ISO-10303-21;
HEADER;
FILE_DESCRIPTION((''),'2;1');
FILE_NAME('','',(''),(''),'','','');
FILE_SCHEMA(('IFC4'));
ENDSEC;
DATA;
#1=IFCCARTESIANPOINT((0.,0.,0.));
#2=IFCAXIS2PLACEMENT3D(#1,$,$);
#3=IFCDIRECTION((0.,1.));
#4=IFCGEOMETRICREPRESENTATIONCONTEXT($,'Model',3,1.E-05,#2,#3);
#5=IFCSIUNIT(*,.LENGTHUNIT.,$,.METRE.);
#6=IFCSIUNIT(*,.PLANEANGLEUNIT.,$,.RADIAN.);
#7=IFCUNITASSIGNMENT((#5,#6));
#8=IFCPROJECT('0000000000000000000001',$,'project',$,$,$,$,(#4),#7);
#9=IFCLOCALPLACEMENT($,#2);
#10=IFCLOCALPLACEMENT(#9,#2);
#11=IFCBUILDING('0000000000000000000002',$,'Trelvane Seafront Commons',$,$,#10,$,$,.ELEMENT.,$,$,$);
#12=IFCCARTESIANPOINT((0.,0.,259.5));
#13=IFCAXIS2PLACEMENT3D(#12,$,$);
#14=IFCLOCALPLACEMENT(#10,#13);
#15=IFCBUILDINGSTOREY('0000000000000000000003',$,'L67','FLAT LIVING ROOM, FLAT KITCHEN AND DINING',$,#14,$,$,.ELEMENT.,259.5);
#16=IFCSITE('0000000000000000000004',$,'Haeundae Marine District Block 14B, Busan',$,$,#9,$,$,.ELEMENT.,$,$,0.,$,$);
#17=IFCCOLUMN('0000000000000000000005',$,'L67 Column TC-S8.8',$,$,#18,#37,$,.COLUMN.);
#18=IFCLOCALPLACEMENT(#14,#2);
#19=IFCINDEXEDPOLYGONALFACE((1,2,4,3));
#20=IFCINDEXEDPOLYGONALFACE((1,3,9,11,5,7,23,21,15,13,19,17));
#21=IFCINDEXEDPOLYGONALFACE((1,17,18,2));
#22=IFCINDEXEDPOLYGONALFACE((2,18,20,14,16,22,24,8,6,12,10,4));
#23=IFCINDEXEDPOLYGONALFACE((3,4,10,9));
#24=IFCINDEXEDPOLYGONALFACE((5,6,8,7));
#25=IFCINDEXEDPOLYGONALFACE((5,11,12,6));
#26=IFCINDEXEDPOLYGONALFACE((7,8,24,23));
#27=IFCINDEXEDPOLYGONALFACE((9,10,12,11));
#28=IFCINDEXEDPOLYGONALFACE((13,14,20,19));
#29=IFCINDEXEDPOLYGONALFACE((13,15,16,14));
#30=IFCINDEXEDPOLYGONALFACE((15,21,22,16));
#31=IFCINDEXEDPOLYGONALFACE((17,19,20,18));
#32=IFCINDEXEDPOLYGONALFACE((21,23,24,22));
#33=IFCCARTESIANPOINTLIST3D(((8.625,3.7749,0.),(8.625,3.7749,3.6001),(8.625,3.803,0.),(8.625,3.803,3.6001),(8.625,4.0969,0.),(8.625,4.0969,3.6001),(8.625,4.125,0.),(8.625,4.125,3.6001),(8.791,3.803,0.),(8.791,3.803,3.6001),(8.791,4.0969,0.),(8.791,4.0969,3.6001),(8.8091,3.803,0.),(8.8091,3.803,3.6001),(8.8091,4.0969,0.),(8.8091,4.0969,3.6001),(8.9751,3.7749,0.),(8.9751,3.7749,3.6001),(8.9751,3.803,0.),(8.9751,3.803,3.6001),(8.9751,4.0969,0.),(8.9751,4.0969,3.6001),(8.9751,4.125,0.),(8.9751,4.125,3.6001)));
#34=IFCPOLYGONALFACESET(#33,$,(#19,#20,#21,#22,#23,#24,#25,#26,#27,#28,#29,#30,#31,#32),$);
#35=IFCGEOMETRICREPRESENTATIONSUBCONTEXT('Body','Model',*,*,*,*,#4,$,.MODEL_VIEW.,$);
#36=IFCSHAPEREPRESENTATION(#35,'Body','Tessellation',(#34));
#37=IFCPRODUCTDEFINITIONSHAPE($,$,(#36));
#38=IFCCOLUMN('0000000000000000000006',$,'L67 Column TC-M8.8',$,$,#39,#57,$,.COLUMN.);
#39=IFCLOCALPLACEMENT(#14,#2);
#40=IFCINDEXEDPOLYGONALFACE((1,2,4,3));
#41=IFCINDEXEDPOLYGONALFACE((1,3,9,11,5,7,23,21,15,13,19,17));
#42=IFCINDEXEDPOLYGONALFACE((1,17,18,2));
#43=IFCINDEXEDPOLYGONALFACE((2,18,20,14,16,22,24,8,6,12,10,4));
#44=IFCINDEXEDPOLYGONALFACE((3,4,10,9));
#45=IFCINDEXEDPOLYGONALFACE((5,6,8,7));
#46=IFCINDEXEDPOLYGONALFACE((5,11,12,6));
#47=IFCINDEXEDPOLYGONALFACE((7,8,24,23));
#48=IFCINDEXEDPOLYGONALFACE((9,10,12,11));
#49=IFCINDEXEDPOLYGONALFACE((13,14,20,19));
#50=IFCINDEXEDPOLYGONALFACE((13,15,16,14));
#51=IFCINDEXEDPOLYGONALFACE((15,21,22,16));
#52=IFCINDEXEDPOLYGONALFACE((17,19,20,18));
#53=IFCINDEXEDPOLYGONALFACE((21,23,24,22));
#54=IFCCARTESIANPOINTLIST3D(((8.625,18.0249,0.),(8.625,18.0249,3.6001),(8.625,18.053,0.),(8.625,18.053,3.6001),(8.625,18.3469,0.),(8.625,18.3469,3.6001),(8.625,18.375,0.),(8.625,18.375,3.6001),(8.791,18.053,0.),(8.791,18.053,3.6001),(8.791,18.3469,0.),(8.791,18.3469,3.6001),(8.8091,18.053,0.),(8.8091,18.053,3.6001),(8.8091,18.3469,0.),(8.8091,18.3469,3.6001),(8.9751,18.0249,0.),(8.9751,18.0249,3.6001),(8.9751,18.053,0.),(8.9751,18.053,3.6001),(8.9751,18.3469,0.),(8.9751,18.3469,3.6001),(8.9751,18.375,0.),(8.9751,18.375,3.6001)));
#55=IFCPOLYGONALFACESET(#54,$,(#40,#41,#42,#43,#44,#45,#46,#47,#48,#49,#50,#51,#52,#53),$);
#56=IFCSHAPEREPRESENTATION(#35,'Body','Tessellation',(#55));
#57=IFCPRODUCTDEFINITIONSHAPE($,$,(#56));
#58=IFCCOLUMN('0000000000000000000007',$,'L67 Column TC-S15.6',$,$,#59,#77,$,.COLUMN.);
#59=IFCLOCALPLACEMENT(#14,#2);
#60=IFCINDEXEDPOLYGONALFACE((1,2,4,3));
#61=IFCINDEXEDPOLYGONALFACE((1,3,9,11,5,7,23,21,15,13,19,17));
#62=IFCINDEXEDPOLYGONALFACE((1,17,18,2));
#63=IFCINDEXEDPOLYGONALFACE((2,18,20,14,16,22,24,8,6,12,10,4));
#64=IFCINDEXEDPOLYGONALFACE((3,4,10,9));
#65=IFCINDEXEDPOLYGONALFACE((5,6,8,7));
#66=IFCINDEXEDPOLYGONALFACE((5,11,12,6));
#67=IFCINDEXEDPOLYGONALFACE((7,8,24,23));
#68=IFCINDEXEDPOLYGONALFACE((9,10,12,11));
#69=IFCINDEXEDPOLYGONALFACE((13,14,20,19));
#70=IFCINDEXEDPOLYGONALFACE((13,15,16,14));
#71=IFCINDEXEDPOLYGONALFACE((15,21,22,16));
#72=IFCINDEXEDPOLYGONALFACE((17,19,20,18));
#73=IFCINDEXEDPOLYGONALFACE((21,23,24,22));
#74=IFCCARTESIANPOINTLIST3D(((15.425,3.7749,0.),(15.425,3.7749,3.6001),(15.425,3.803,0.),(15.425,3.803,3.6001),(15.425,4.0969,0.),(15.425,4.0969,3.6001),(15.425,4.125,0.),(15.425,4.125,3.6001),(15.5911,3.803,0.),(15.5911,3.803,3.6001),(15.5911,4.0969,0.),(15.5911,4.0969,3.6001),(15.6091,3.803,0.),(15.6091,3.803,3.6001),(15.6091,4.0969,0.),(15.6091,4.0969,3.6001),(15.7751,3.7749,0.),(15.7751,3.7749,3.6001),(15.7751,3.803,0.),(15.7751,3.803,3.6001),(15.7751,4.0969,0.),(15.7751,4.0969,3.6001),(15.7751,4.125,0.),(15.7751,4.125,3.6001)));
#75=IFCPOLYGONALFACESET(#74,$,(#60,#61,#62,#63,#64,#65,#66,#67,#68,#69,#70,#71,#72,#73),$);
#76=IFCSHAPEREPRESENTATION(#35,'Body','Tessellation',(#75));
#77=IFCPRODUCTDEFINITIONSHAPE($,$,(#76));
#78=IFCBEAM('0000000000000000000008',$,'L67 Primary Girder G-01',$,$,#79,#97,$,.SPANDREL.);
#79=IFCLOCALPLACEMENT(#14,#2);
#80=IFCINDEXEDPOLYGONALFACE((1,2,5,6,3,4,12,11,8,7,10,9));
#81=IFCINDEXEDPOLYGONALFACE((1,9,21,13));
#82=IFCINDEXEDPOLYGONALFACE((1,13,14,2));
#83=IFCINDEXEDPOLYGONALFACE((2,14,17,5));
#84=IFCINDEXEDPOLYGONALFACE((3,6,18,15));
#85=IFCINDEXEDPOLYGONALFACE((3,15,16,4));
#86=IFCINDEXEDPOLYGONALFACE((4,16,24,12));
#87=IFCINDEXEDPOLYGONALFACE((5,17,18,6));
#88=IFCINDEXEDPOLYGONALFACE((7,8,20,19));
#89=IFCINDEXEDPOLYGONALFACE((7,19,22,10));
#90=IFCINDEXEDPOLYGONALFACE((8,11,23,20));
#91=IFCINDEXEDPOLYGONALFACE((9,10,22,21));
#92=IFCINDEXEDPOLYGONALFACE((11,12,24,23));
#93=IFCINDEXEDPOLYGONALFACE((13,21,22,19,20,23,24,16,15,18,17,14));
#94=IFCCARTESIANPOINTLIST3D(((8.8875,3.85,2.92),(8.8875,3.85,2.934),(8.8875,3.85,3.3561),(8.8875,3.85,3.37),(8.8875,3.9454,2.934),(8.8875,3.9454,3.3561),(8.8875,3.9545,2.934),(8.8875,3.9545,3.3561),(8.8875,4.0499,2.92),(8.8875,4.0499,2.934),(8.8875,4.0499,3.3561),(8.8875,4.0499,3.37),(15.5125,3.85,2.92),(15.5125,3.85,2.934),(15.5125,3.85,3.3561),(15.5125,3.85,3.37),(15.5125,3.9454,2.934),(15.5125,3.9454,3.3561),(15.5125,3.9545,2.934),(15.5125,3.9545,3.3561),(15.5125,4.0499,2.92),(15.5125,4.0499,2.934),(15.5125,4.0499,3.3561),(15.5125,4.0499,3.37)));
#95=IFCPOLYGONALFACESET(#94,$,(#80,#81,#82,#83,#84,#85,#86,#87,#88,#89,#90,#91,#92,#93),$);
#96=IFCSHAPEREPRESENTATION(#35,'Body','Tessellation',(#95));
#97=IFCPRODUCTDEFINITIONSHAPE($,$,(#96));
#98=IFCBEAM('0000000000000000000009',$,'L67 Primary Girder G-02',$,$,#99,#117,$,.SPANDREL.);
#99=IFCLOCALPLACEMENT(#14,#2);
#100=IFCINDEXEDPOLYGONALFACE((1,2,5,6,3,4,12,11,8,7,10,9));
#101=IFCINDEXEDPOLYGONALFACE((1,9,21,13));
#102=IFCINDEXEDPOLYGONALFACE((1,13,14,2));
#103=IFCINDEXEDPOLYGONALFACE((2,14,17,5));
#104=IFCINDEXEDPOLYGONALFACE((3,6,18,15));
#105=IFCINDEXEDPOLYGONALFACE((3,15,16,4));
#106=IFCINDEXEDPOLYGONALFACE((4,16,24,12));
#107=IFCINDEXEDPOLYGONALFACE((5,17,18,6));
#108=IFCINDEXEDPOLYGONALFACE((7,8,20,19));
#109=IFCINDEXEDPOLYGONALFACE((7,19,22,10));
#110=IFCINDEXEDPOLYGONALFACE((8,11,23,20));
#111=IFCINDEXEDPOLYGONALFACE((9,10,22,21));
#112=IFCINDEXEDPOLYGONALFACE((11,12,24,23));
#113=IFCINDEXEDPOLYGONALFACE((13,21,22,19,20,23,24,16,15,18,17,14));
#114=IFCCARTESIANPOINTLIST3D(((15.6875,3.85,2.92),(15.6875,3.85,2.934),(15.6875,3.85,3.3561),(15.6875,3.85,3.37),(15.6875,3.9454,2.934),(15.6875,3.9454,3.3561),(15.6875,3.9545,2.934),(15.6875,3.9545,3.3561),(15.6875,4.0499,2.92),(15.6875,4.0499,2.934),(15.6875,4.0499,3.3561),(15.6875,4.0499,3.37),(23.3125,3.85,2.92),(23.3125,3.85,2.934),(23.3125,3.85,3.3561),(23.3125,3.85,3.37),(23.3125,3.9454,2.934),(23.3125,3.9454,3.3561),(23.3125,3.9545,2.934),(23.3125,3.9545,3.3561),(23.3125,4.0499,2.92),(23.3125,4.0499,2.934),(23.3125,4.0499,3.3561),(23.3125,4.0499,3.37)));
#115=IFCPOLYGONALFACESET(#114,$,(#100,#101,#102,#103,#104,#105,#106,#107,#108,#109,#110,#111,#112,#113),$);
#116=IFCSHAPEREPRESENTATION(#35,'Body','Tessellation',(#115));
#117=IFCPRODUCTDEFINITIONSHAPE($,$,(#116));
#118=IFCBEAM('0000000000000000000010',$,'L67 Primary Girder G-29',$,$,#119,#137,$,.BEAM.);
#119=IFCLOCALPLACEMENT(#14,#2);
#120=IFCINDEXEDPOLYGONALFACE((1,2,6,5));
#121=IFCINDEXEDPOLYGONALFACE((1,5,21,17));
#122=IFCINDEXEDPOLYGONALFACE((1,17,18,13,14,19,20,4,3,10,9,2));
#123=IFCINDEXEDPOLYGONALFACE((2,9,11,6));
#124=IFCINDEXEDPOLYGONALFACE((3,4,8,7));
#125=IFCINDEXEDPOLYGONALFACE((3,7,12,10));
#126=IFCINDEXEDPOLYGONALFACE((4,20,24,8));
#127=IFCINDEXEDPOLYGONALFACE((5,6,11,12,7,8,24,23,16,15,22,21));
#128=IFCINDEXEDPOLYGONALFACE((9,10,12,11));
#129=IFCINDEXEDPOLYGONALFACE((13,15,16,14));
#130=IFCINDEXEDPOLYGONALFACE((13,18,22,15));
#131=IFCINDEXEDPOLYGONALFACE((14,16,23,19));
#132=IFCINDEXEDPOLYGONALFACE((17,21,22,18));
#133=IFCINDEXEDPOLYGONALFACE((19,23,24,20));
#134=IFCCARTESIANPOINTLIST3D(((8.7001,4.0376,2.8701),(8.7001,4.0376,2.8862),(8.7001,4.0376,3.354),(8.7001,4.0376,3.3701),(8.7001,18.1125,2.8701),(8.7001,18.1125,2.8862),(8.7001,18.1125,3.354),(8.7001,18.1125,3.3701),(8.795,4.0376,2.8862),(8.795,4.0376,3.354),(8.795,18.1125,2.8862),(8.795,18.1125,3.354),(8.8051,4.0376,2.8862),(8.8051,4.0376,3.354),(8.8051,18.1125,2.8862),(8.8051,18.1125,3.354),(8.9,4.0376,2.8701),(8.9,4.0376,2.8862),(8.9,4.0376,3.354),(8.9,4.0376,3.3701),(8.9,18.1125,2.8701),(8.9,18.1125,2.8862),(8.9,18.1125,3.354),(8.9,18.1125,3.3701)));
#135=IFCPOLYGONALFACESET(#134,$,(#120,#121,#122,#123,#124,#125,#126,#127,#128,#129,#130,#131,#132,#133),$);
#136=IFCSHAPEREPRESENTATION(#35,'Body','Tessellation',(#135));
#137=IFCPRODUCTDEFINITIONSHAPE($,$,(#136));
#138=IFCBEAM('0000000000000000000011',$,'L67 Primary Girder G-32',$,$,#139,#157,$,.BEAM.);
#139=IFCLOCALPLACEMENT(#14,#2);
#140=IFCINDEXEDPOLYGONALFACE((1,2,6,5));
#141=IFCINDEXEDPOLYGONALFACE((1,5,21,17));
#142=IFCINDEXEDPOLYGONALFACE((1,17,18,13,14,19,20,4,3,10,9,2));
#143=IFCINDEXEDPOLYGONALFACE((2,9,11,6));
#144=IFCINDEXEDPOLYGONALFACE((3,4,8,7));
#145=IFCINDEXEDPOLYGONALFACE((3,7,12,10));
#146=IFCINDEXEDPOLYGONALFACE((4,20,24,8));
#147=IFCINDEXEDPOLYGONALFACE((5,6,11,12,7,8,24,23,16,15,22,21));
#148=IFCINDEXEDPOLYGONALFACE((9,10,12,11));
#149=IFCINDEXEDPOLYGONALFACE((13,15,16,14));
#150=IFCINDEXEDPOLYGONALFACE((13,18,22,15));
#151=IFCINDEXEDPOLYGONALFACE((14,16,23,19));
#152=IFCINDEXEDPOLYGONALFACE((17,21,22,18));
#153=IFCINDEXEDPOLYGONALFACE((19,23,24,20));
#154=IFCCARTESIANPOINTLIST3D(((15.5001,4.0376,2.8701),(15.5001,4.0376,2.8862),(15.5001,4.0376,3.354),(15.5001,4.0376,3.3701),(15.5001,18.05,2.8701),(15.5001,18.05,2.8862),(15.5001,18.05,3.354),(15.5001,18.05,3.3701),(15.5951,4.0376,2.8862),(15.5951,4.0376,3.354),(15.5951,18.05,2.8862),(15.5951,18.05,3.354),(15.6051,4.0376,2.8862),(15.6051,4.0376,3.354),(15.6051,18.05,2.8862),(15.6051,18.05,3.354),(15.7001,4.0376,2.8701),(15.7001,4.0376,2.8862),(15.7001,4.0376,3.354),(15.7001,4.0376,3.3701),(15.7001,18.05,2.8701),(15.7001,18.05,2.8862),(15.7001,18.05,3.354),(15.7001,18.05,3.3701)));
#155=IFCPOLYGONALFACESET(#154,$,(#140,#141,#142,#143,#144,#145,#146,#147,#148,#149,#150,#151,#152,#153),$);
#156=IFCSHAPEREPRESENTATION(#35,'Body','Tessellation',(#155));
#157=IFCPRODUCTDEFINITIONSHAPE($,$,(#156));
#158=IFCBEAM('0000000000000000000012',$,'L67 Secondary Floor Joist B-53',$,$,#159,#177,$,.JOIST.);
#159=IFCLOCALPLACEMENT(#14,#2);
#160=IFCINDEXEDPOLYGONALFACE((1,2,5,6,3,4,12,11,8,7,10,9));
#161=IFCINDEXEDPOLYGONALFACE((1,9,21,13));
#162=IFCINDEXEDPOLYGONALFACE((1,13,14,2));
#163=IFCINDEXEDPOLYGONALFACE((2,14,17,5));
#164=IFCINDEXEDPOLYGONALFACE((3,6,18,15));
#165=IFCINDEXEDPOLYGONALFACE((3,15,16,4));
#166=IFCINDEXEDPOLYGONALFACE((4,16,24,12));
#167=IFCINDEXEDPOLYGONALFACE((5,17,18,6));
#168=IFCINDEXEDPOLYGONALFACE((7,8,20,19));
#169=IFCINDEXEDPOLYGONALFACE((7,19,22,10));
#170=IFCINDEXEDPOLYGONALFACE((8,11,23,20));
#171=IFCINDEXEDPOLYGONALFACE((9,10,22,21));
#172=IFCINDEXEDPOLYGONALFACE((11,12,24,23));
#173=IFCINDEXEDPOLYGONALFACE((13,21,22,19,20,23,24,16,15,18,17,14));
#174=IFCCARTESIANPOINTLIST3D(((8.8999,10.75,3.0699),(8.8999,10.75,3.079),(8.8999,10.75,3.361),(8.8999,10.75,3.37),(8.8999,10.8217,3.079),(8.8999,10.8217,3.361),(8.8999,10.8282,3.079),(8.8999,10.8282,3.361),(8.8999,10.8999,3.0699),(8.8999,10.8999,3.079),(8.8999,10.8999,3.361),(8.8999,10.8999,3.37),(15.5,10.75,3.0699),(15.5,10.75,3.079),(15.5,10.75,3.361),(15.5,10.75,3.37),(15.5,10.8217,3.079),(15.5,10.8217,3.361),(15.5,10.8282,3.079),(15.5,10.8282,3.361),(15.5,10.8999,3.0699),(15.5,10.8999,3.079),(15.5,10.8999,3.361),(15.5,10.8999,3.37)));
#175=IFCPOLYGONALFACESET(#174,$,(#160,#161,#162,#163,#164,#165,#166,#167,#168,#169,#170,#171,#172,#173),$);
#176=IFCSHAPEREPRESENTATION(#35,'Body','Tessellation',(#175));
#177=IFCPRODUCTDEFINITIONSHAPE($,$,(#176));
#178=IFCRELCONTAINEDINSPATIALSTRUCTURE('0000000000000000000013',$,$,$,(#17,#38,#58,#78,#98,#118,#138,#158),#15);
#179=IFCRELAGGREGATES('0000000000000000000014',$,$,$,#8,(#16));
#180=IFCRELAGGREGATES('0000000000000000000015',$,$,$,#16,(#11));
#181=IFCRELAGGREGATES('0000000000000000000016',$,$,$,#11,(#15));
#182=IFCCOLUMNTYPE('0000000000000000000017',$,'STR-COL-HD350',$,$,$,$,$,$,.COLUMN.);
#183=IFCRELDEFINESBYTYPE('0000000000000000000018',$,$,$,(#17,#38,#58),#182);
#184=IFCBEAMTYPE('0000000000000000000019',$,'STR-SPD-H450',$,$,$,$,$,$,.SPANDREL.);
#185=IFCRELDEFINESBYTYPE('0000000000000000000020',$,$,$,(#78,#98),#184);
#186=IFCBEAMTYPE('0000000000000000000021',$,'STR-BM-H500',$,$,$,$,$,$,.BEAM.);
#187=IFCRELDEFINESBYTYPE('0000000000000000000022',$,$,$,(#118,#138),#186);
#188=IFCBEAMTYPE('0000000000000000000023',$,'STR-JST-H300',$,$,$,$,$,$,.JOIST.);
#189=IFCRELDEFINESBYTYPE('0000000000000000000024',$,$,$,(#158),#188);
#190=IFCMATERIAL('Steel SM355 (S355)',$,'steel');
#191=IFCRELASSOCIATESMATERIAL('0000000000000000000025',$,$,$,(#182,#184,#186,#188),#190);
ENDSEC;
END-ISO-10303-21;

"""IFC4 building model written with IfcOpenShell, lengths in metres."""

from ifc_helpers import new_model, si_unit, direction, frame, origin, origin_2d, place, context, subcontext, project, spatial, i_section, extrude, source, transform, mapped, material, material_profile, profile_set, type_object, element, save


model = new_model("IFC4")

# Units and contexts
model_context = context("Model", 3, precision=1e-05, world=origin(), true_north=direction((0.0, 1.0)))
body_context = subcontext(model_context, "Body", "Model", "MODEL_VIEW")
ifc_project = project(units=[si_unit("LENGTHUNIT", "METRE"), si_unit("PLANEANGLEUNIT", "RADIAN")], contexts=[model_context])

# Site, building, storey
site_placement = place(None, origin())
site = spatial("IfcSite", under=ifc_project, at=site_placement, Name="Haeundae Marine District Block 14B, Busan", CompositionType="ELEMENT", RefElevation=0.0)
building_placement = place(site_placement, origin())
building = spatial("IfcBuilding", under=site, at=building_placement, Name="Trelvane Seafront Commons", CompositionType="ELEMENT")
storey_placement = place(building_placement, frame((0.0, 0.0, 259.5)))
storey = spatial("IfcBuildingStorey", under=building, at=storey_placement, Name="L67", Description="FLAT LIVING ROOM, FLAT KITCHEN AND DINING", CompositionType="ELEMENT", Elevation=259.5)

# Columns
ifc_material_1 = material(Name="Steel SM355 (S355)", Category="steel")
ifc_material_profile_1 = material_profile(ifc_material_1, i_section(OverallWidth=0.3501, OverallDepth=0.3501, WebThickness=0.0181, FlangeThickness=0.0281, at=origin_2d()), Name="HD-350x350x18x28")
ifc_profile_set_1 = profile_set([ifc_material_profile_1], Name="Steel SM355 (S355)")
column_type = type_object("IfcColumnType", Name="STR-COL-HD350", PredefinedType="COLUMN", material=ifc_profile_set_1)
shared_shape_1 = source(origin(), body_context, "Body", "SweptSolid", [
    extrude(i_section(OverallWidth=0.3501, OverallDepth=0.3501, WebThickness=0.0181, FlangeThickness=0.0281, at=origin_2d()), origin(), (0.0, 0.0, 1.0), 3.6001),
])
for number, where, z_axis, x_axis, name in (
    (1, (8.8, 3.95, 0.0), (0.0, 0.0, 1.0), (1.0, 0.0, 0.0), "L67 Column TC-S8.8"),
    (2, (8.8, 18.2, 0.0), (0.0, 0.0, 1.0), (1.0, 0.0, 0.0), "L67 Column TC-M8.8"),
    (3, (15.6001, 3.95, 0.0), (0.0, 0.0, 1.0), (1.0, 0.0, 0.0), "L67 Column TC-S15.6"),
):
    element("IfcColumn", number, at=place(storey_placement, frame(where, z_axis=z_axis, x_axis=x_axis)), inside=storey, type_object=column_type, Name=name, PredefinedType="COLUMN", context=body_context, shape_type="MappedRepresentation", body=[
        mapped(shared_shape_1, transform((0.0, 0.0, 0.0), x_axis=(1.0, 0.0, 0.0), y_axis=(0.0, 1.0, 0.0), z_axis=(0.0, 0.0, 1.0), scale=1.0)),
    ])

# Beams
ifc_material_profile_2 = material_profile(ifc_material_1, i_section(OverallWidth=0.2, OverallDepth=0.45, WebThickness=0.009, FlangeThickness=0.0139, at=origin_2d()), Name="H-450x200x9x14")
ifc_profile_set_2 = profile_set([ifc_material_profile_2], Name="Steel SM355 (S355)")
beam_type_1 = type_object("IfcBeamType", Name="STR-SPD-H450", PredefinedType="SPANDREL", material=ifc_profile_set_2)
shared_shape_2 = source(origin(), body_context, "Body", "SweptSolid", [
    extrude(i_section(OverallWidth=0.2, OverallDepth=0.45, WebThickness=0.009, FlangeThickness=0.0139, at=origin_2d()), origin(), (0.0, 0.0, 1.0), 6.625),
])
beam_1_placement = place(storey_placement, frame((8.8875, 3.95, 3.145), z_axis=(1.0, 0.0, 0.0), x_axis=(0.0, 1.0, 0.0)))
element("IfcBeam", 4, at=beam_1_placement, inside=storey, type_object=beam_type_1, Name="L67 Primary Girder G-01", PredefinedType="SPANDREL", context=body_context, shape_type="MappedRepresentation", body=[
    mapped(shared_shape_2, transform((0.0, 0.0, 0.0), x_axis=(1.0, 0.0, 0.0), y_axis=(0.0, 1.0, 0.0), z_axis=(0.0, 0.0, 1.0), scale=1.0)),
])
shared_shape_3 = source(origin(), body_context, "Body", "SweptSolid", [
    extrude(i_section(OverallWidth=0.2, OverallDepth=0.45, WebThickness=0.009, FlangeThickness=0.0139, at=origin_2d()), origin(), (0.0, 0.0, 1.0), 7.625),
])
beam_2_placement = place(storey_placement, frame((15.6875, 3.95, 3.145), z_axis=(1.0, 0.0, 0.0), x_axis=(0.0, 1.0, 0.0)))
element("IfcBeam", 5, at=beam_2_placement, inside=storey, type_object=beam_type_1, Name="L67 Primary Girder G-02", PredefinedType="SPANDREL", context=body_context, shape_type="MappedRepresentation", body=[
    mapped(shared_shape_3, transform((0.0, 0.0, 0.0), x_axis=(1.0, 0.0, 0.0), y_axis=(0.0, 1.0, 0.0), z_axis=(0.0, 0.0, 1.0), scale=1.0)),
])
ifc_material_profile_3 = material_profile(ifc_material_1, i_section(OverallWidth=0.2, OverallDepth=0.5, WebThickness=0.01, FlangeThickness=0.0161, at=origin_2d()), Name="H-500x200x10x16")
ifc_profile_set_3 = profile_set([ifc_material_profile_3], Name="Steel SM355 (S355)")
beam_type_2 = type_object("IfcBeamType", Name="STR-BM-H500", PredefinedType="BEAM", material=ifc_profile_set_3)
shared_shape_4 = source(origin(), body_context, "Body", "SweptSolid", [
    extrude(i_section(OverallWidth=0.2, OverallDepth=0.5, WebThickness=0.01, FlangeThickness=0.0161, at=origin_2d()), origin(), (0.0, 0.0, 1.0), 14.075),
])
beam_3_placement = place(storey_placement, frame((8.8, 4.0376, 3.1201), z_axis=(0.0, 1.0, 0.0), x_axis=(-1.0, 0.0, 0.0)))
element("IfcBeam", 6, at=beam_3_placement, inside=storey, type_object=beam_type_2, Name="L67 Primary Girder G-29", PredefinedType="BEAM", context=body_context, shape_type="MappedRepresentation", body=[
    mapped(shared_shape_4, transform((0.0, 0.0, 0.0), x_axis=(1.0, 0.0, 0.0), y_axis=(0.0, 1.0, 0.0), z_axis=(0.0, 0.0, 1.0), scale=1.0)),
])
shared_shape_5 = source(origin(), body_context, "Body", "SweptSolid", [
    extrude(i_section(OverallWidth=0.2, OverallDepth=0.5, WebThickness=0.01, FlangeThickness=0.0161, at=origin_2d()), origin(), (0.0, 0.0, 1.0), 14.0125),
])
beam_4_placement = place(storey_placement, frame((15.6001, 4.0376, 3.1201), z_axis=(0.0, 1.0, 0.0), x_axis=(-1.0, 0.0, 0.0)))
element("IfcBeam", 7, at=beam_4_placement, inside=storey, type_object=beam_type_2, Name="L67 Primary Girder G-32", PredefinedType="BEAM", context=body_context, shape_type="MappedRepresentation", body=[
    mapped(shared_shape_5, transform((0.0, 0.0, 0.0), x_axis=(1.0, 0.0, 0.0), y_axis=(0.0, 1.0, 0.0), z_axis=(0.0, 0.0, 1.0), scale=1.0)),
])
ifc_material_profile_4 = material_profile(ifc_material_1, i_section(OverallWidth=0.1499, OverallDepth=0.3, WebThickness=0.0066, FlangeThickness=0.009, at=origin_2d()), Name="H-300x150x6.5x9")
ifc_profile_set_4 = profile_set([ifc_material_profile_4], Name="Steel SM355 (S355)")
beam_type_3 = type_object("IfcBeamType", Name="STR-JST-H300", PredefinedType="JOIST", material=ifc_profile_set_4)
shared_shape_6 = source(origin(), body_context, "Body", "SweptSolid", [
    extrude(i_section(OverallWidth=0.1499, OverallDepth=0.3, WebThickness=0.0066, FlangeThickness=0.009, at=origin_2d()), origin(), (0.0, 0.0, 1.0), 6.6001),
])
beam_5_placement = place(storey_placement, frame((8.8999, 10.825, 3.22), z_axis=(1.0, 0.0, 0.0), x_axis=(0.0, 1.0, 0.0)))
element("IfcBeam", 8, at=beam_5_placement, inside=storey, type_object=beam_type_3, Name="L67 Secondary Floor Joist B-53", PredefinedType="JOIST", context=body_context, shape_type="MappedRepresentation", body=[
    mapped(shared_shape_6, transform((0.0, 0.0, 0.0), x_axis=(1.0, 0.0, 0.0), y_axis=(0.0, 1.0, 0.0), z_axis=(0.0, 0.0, 1.0), scale=1.0)),
])

save(model, "model.ifc")
